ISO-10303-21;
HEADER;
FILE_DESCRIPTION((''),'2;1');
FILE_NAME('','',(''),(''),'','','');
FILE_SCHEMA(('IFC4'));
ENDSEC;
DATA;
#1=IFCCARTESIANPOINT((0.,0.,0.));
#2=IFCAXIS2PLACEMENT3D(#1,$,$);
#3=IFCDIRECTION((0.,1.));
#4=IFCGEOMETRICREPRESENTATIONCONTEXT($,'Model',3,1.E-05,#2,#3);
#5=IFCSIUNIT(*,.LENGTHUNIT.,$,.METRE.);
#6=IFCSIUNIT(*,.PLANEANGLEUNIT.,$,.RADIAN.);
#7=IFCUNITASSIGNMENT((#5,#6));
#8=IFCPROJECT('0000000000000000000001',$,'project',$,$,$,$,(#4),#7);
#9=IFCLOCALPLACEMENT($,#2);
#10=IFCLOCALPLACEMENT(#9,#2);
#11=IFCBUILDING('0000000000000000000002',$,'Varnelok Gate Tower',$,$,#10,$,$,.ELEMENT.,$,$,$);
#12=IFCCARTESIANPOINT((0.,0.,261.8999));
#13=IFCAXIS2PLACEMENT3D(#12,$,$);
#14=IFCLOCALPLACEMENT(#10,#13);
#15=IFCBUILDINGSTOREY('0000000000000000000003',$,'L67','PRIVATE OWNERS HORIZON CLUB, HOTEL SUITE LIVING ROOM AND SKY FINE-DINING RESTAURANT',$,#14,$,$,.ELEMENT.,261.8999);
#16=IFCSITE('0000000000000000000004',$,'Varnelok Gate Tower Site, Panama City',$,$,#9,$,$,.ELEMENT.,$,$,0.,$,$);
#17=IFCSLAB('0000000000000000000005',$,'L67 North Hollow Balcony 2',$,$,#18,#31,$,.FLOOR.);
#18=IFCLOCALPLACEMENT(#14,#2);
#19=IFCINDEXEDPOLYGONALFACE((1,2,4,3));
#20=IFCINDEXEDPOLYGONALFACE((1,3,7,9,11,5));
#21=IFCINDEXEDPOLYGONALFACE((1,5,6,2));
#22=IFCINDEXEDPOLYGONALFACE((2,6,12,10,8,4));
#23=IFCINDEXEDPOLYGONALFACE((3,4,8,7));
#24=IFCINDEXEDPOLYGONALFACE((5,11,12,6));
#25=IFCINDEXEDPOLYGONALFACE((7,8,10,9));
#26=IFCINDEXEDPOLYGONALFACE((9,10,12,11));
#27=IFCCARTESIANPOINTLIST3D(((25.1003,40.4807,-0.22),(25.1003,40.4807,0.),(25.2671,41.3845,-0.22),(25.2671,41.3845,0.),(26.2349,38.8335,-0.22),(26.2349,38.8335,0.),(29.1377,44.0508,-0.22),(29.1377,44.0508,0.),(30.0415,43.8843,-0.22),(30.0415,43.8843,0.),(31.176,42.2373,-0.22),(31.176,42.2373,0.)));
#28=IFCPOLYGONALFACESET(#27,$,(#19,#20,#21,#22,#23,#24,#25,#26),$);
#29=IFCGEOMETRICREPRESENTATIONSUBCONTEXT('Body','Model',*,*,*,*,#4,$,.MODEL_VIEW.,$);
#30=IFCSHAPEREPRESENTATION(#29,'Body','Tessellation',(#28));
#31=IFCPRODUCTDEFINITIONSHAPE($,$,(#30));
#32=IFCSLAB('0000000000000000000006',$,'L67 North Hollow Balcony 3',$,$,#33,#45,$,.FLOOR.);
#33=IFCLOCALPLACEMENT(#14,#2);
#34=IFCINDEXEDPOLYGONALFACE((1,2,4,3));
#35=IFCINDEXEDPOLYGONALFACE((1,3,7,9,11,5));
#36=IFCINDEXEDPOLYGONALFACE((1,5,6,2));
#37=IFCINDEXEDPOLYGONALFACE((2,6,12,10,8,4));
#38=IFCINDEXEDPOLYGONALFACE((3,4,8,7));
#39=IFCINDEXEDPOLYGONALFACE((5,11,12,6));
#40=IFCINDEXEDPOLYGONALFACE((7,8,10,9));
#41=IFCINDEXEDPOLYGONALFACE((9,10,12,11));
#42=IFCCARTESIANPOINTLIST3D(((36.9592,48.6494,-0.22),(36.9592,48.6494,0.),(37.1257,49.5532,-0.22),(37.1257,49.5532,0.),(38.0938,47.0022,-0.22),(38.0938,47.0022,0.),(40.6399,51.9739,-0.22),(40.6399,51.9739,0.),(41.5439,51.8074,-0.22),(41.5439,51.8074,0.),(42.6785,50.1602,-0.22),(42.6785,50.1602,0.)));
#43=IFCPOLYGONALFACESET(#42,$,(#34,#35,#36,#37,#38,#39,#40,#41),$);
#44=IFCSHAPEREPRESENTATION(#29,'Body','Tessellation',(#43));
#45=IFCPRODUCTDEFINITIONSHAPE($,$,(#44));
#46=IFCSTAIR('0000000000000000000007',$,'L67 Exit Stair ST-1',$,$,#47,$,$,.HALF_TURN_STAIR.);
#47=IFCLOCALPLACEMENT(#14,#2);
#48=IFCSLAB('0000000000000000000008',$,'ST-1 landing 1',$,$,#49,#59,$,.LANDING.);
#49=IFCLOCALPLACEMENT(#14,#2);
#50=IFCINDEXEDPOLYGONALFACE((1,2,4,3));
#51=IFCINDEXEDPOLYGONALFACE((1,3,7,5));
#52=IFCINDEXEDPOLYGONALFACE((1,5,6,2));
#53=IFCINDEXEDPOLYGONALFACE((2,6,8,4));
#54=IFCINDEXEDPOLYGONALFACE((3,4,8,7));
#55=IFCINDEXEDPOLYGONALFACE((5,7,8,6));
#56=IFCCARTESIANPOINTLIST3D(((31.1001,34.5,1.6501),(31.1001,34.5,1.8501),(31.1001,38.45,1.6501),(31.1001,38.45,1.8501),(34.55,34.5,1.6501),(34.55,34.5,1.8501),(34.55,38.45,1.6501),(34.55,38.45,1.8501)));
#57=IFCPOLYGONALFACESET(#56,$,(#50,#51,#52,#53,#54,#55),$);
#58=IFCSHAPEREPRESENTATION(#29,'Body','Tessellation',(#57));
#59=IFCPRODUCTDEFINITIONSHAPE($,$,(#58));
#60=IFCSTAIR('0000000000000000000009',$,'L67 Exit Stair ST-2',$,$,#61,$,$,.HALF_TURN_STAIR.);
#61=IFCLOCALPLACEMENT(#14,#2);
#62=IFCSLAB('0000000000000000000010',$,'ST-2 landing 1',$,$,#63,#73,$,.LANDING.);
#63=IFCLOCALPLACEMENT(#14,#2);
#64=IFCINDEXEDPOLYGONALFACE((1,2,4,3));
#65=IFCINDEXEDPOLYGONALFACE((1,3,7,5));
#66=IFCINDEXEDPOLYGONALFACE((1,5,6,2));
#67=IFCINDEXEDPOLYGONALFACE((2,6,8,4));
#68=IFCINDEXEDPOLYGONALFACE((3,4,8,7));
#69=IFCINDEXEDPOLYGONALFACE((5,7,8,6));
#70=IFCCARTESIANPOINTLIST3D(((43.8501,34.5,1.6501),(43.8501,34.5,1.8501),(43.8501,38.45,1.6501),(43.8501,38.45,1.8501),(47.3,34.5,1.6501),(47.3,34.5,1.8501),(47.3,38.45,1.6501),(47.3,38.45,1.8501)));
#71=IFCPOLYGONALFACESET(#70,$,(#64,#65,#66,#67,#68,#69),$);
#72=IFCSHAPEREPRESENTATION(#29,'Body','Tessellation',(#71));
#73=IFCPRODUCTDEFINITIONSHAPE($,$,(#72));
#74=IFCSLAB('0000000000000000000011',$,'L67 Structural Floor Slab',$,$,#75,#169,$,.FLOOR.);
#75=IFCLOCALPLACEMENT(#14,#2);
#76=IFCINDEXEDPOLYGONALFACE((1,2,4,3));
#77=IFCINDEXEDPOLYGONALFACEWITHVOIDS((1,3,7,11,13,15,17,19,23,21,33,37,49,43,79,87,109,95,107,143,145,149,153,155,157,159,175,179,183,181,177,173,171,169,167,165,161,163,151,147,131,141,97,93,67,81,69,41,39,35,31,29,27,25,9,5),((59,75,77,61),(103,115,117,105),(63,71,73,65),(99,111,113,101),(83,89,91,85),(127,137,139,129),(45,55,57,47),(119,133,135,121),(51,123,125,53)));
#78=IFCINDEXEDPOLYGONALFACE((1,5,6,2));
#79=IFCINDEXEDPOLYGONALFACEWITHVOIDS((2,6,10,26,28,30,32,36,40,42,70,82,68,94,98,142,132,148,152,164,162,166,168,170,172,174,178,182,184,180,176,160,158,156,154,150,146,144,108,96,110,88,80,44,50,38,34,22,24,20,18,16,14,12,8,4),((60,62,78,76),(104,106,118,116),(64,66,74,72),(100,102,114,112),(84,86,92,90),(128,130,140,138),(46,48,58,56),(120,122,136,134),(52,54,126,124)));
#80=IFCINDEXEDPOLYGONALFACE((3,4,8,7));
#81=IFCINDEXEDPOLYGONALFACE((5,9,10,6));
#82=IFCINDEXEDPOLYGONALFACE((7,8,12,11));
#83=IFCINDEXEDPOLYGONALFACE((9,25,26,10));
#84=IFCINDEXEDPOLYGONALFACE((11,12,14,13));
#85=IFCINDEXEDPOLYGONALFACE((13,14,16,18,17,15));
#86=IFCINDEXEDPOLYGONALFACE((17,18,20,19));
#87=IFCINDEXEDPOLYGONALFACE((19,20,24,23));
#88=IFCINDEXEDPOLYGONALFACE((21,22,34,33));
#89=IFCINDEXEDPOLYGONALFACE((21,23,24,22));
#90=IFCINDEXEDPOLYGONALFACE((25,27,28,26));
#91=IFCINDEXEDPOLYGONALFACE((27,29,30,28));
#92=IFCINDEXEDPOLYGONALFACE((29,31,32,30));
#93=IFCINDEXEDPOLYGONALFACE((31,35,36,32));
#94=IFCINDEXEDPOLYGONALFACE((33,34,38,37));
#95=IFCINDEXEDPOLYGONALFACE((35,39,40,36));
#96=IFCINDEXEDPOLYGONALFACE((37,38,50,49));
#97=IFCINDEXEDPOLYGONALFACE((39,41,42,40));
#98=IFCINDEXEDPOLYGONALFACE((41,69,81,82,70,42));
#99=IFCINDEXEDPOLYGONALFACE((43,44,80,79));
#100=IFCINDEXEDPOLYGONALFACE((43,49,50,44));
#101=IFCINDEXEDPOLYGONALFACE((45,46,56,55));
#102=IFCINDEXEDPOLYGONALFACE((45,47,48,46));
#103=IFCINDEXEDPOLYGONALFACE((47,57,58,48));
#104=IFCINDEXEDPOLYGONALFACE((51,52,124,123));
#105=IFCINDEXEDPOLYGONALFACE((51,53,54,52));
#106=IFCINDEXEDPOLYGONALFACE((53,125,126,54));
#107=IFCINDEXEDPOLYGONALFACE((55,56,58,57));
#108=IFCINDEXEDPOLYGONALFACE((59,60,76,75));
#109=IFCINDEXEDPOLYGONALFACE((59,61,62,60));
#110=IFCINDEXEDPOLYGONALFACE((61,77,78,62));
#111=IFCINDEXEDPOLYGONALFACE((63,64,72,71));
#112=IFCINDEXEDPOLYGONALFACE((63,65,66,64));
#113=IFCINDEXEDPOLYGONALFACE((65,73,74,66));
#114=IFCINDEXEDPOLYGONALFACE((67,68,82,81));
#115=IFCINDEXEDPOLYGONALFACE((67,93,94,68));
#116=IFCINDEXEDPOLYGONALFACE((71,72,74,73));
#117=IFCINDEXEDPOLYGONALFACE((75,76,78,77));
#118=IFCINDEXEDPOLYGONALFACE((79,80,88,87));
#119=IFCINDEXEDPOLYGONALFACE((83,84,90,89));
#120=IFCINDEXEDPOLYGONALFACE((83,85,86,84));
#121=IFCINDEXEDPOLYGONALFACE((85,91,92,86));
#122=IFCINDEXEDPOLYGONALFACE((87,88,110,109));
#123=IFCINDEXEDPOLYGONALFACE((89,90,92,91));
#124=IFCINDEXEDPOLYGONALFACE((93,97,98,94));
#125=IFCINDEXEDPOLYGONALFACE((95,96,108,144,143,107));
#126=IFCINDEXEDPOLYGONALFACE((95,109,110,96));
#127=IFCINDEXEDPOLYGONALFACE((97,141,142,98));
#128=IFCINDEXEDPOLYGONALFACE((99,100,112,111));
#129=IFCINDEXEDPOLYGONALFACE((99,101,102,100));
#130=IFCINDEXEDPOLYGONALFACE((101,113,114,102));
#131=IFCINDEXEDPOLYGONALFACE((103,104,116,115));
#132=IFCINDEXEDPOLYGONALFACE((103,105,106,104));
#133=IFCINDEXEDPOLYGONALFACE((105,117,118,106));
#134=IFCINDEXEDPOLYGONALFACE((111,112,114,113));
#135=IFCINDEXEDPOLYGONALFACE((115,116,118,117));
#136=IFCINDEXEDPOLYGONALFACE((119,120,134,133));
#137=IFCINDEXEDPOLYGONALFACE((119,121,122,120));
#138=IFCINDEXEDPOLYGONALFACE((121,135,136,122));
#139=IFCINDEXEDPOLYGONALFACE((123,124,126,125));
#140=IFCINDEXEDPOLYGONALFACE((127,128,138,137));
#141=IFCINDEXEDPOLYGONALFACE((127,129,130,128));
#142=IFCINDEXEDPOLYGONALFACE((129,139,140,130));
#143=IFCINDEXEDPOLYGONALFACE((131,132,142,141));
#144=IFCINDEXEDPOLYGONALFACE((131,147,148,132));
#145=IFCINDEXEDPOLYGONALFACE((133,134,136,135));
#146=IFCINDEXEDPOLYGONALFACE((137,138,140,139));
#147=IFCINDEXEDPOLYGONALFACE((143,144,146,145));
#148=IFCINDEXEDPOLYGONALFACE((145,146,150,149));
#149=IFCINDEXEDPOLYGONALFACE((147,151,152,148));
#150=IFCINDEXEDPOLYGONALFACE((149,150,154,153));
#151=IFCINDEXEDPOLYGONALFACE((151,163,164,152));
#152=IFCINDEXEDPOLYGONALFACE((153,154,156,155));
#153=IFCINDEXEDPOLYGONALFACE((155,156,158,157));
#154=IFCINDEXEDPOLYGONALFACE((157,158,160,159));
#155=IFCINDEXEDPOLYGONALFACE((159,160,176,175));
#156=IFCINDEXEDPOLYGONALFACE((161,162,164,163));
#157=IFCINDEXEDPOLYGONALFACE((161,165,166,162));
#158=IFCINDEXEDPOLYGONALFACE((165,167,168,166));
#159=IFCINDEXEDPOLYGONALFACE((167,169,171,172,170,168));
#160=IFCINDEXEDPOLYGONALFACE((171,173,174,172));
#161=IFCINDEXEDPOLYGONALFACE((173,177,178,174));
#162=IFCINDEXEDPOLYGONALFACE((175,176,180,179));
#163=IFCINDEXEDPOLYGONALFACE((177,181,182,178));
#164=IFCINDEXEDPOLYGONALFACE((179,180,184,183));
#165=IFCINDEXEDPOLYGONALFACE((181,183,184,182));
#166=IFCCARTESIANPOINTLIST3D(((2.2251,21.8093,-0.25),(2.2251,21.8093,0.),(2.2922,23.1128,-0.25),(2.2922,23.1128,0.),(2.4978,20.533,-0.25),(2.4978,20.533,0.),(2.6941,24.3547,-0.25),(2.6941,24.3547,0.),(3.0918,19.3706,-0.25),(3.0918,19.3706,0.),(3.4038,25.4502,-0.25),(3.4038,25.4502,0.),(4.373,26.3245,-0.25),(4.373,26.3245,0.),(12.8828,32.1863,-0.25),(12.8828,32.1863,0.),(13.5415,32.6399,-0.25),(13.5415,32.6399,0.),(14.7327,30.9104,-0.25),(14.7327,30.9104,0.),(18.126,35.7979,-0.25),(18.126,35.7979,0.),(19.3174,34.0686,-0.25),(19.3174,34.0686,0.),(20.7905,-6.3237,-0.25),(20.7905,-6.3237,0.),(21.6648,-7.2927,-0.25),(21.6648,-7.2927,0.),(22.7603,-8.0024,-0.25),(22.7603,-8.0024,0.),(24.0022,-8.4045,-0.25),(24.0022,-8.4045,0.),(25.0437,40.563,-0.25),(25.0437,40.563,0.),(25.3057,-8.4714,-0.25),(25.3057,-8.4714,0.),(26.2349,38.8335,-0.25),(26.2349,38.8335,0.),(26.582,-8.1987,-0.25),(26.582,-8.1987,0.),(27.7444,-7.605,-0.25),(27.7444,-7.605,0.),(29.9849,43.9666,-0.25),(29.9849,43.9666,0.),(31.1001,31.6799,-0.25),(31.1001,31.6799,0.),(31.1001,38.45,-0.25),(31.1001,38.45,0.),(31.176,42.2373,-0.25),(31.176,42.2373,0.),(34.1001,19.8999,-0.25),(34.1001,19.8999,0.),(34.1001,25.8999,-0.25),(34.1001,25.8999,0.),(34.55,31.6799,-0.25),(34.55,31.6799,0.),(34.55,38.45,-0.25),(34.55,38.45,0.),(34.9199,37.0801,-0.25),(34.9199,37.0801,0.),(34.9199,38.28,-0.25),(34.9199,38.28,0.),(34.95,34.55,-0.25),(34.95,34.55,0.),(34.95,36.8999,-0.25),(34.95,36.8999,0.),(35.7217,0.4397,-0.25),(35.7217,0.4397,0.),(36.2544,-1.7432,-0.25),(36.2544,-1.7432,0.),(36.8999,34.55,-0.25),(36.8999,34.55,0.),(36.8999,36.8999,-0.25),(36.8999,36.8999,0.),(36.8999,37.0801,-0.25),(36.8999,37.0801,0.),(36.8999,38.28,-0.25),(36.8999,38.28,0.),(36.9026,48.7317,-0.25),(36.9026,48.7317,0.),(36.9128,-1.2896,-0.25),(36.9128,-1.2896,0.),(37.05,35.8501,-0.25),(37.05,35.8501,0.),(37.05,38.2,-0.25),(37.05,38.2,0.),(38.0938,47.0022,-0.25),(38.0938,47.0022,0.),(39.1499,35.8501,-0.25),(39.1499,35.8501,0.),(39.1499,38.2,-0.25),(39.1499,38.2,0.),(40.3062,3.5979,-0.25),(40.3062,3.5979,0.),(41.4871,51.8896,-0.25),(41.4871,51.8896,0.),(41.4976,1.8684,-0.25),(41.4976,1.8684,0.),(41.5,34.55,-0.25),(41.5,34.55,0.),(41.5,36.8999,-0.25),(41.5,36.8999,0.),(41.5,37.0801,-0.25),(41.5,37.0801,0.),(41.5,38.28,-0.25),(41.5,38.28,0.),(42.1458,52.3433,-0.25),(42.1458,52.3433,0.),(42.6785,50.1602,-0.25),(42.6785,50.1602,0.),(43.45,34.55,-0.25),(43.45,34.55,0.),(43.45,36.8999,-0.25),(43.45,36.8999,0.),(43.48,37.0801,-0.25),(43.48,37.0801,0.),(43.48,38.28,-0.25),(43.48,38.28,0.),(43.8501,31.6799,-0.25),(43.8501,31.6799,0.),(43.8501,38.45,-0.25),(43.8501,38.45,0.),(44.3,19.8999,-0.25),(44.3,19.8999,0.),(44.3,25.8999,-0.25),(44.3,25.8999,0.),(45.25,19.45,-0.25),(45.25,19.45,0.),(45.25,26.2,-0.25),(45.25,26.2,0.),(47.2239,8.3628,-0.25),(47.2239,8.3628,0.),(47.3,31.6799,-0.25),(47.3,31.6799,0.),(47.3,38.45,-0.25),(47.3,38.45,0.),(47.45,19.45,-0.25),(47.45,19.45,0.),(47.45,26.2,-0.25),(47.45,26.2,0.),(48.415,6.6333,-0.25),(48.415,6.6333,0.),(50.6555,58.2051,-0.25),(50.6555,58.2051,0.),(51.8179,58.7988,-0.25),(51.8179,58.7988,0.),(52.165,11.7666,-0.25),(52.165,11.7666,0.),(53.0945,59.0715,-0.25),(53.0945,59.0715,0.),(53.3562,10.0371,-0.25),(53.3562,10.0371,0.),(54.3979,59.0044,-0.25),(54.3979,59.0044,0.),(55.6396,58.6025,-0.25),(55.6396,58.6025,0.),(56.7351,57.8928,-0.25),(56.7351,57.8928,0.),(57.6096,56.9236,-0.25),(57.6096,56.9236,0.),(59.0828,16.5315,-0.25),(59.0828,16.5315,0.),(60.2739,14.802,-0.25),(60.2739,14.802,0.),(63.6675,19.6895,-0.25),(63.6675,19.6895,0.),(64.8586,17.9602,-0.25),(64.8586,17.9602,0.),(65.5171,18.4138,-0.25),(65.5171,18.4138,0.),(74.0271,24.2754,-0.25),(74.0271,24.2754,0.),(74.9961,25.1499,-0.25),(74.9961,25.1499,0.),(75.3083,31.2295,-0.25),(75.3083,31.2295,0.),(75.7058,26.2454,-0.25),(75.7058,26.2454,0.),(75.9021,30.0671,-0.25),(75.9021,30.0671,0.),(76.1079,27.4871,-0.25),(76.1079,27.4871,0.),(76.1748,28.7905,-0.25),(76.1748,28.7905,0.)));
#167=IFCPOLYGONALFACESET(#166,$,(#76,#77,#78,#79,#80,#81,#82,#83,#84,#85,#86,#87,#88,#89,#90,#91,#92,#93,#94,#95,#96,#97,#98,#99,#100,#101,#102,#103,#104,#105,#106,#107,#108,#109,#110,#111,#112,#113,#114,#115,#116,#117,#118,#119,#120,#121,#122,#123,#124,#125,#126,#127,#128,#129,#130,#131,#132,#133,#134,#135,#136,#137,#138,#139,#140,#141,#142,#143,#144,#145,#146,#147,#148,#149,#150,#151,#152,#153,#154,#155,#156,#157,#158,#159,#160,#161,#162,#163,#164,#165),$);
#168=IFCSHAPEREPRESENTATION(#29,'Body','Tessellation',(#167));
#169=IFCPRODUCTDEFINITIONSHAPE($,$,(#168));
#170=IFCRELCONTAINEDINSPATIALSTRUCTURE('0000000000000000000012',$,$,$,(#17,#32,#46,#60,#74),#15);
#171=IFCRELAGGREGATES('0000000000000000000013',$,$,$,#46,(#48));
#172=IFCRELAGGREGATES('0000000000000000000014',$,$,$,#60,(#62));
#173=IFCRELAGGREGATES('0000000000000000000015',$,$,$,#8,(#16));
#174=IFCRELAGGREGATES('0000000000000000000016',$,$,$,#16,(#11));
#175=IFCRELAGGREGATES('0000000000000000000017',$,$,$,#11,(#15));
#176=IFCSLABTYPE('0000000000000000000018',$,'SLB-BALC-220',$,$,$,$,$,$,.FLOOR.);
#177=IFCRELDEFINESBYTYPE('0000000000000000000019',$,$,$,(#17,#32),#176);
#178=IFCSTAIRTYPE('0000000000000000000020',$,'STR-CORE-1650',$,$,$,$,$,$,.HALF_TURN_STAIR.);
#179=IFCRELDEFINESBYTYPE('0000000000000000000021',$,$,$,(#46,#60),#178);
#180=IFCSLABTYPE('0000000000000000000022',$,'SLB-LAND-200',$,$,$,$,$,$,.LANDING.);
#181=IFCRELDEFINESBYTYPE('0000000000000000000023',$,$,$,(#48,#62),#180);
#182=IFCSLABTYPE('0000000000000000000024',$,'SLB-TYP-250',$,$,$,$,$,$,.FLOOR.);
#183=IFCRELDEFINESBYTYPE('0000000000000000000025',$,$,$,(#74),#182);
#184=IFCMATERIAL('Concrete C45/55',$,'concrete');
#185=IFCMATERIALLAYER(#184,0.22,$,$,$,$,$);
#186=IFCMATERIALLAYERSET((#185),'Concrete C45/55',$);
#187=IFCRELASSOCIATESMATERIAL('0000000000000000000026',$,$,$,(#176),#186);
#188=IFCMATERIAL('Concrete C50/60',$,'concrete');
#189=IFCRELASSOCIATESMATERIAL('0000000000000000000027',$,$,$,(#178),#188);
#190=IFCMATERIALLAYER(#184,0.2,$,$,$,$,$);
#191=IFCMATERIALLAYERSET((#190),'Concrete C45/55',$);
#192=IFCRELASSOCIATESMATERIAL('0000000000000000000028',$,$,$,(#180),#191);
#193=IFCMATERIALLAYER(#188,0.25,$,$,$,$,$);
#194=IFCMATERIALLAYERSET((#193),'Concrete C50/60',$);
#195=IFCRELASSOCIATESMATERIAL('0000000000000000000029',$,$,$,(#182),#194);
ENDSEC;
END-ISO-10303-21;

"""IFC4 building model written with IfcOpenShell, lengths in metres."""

from ifc_helpers import new_model, si_unit, direction, frame, origin, place, context, subcontext, project, spatial, polyline, outline, extrude, material, layer, layer_set, type_object, element, aggregate, save


model = new_model("IFC4")

# Units and contexts
model_context = context("Model", 3, precision=1e-05, world=origin(), true_north=direction((0.0, 1.0)))
body_context = subcontext(model_context, "Body", "Model", "MODEL_VIEW")
ifc_project = project(units=[si_unit("LENGTHUNIT", "METRE"), si_unit("PLANEANGLEUNIT", "RADIAN")], contexts=[model_context])

# Site, building, storey
site_placement = place(None, origin())
site = spatial("IfcSite", under=ifc_project, at=site_placement, Name="Varnelok Gate Tower Site, Panama City", CompositionType="ELEMENT", RefElevation=0.0)
building_placement = place(site_placement, origin())
building = spatial("IfcBuilding", under=site, at=building_placement, Name="Varnelok Gate Tower", CompositionType="ELEMENT")
storey_placement = place(building_placement, frame((0.0, 0.0, 261.8999)))
storey = spatial("IfcBuildingStorey", under=building, at=storey_placement, Name="L67", Description="PRIVATE OWNERS HORIZON CLUB, HOTEL SUITE LIVING ROOM AND SKY FINE-DINING RESTAURANT", CompositionType="ELEMENT", Elevation=261.8999)

# Slabs
ifc_material_1 = material(Name="Concrete C45/55", Category="concrete")
ifc_layer_1 = layer(ifc_material_1, 0.22)
ifc_layer_set_1 = layer_set([ifc_layer_1], Name="Concrete C45/55")
slab_type_1 = type_object("IfcSlabType", Name="SLB-BALC-220", PredefinedType="FLOOR", material=ifc_layer_set_1)
slab_1_placement = place(storey_placement, frame((0.0, 0.0, -0.22)))
element("IfcSlab", 1, at=slab_1_placement, inside=storey, type_object=slab_type_1, Name="L67 North Hollow Balcony 2", PredefinedType="FLOOR", context=body_context, shape_type="SweptSolid", body=[
    extrude(outline(polyline([(26.2349, 38.8335), (31.176, 42.2373), (30.0415, 43.8843), (29.1377, 44.0508), (25.2671, 41.3845), (25.1003, 40.4807), (26.2349, 38.8335)])), origin(), (0.0, 0.0, 1.0), 0.22),
])
slab_2_placement = place(storey_placement, frame((0.0, 0.0, -0.22)))
element("IfcSlab", 2, at=slab_2_placement, inside=storey, type_object=slab_type_1, Name="L67 North Hollow Balcony 3", PredefinedType="FLOOR", context=body_context, shape_type="SweptSolid", body=[
    extrude(outline(polyline([(38.0938, 47.0022), (42.6785, 50.1602), (41.5439, 51.8074), (40.6399, 51.9739), (37.1257, 49.5532), (36.9592, 48.6494), (38.0938, 47.0022)])), origin(), (0.0, 0.0, 1.0), 0.22),
])

# Stairs, slabs
ifc_material_2 = material(Name="Concrete C50/60", Category="concrete")
stair_type = type_object("IfcStairType", Name="STR-CORE-1650", PredefinedType="HALF_TURN_STAIR", material=ifc_material_2)
stair_1_placement = place(storey_placement, origin())
stair_1 = element("IfcStair", 3, at=stair_1_placement, inside=storey, type_object=stair_type, Name="L67 Exit Stair ST-1", PredefinedType="HALF_TURN_STAIR")
ifc_layer_2 = layer(ifc_material_1, 0.2)
ifc_layer_set_2 = layer_set([ifc_layer_2], Name="Concrete C45/55")
slab_type_2 = type_object("IfcSlabType", Name="SLB-LAND-200", PredefinedType="LANDING", material=ifc_layer_set_2)
slab_3_placement = place(storey_placement, frame((0.0, 0.0, 1.6501)))
slab_3 = element("IfcSlab", 4, at=slab_3_placement, type_object=slab_type_2, Name="ST-1 landing 1", PredefinedType="LANDING", context=body_context, shape_type="SweptSolid", body=[
    extrude(outline(polyline([(34.55, 34.5), (34.55, 38.45), (31.1001, 38.45), (31.1001, 34.5), (34.55, 34.5)])), origin(), (0.0, 0.0, 1.0), 0.2),
])
aggregate(stair_1, [slab_3])
stair_2_placement = place(storey_placement, origin())
stair_2 = element("IfcStair", 5, at=stair_2_placement, inside=storey, type_object=stair_type, Name="L67 Exit Stair ST-2", PredefinedType="HALF_TURN_STAIR")
slab_4_placement = place(storey_placement, frame((0.0, 0.0, 1.6501)))
slab_4 = element("IfcSlab", 6, at=slab_4_placement, type_object=slab_type_2, Name="ST-2 landing 1", PredefinedType="LANDING", context=body_context, shape_type="SweptSolid", body=[
    extrude(outline(polyline([(47.3, 34.5), (47.3, 38.45), (43.8501, 38.45), (43.8501, 34.5), (47.3, 34.5)])), origin(), (0.0, 0.0, 1.0), 0.2),
])
aggregate(stair_2, [slab_4])

# Slab
ifc_layer_3 = layer(ifc_material_2, 0.25)
ifc_layer_set_3 = layer_set([ifc_layer_3], Name="Concrete C50/60")
slab_type_3 = type_object("IfcSlabType", Name="SLB-TYP-250", PredefinedType="FLOOR", material=ifc_layer_set_3)
slab_5_placement = place(storey_placement, frame((0.0, 0.0, -0.25)))
element("IfcSlab", 7, at=slab_5_placement, inside=storey, type_object=slab_type_3, Name="L67 Structural Floor Slab", PredefinedType="FLOOR", context=body_context, shape_type="SweptSolid", body=[
    extrude(outline(polyline([(20.7905, -6.3237), (21.6648, -7.2927), (22.7603, -8.0024), (24.0022, -8.4045), (25.3057, -8.4714), (26.582, -8.1987), (27.7444, -7.605), (36.2544, -1.7432), (36.9128, -1.2896), (35.7217, 0.4397), (40.3062, 3.5979), (41.4976, 1.8684), (48.415, 6.6333), (47.2239, 8.3628), (52.165, 11.7666), (53.3562, 10.0371), (60.2739, 14.802), (59.0828, 16.5315), (63.6675, 19.6895), (64.8586, 17.9602), (65.5171, 18.4138), (74.0271, 24.2754), (74.9961, 25.1499), (75.7058, 26.2454), (76.1079, 27.4871), (76.1748, 28.7905), (75.9021, 30.0671), (75.3083, 31.2295), (57.6096, 56.9236), (56.7351, 57.8928), (55.6396, 58.6025), (54.3979, 59.0044), (53.0945, 59.0715), (51.8179, 58.7988), (50.6555, 58.2051), (42.1458, 52.3433), (41.4871, 51.8896), (42.6785, 50.1602), (38.0938, 47.0022), (36.9026, 48.7317), (29.9849, 43.9666), (31.176, 42.2373), (26.2349, 38.8335), (25.0437, 40.563), (18.126, 35.7979), (19.3174, 34.0686), (14.7327, 30.9104), (13.5415, 32.6399), (12.8828, 32.1863), (4.373, 26.3245), (3.4038, 25.4502), (2.6941, 24.3547), (2.2922, 23.1128), (2.2251, 21.8093), (2.4978, 20.533), (3.0918, 19.3706), (20.7905, -6.3237)]), holes=[polyline([(34.55, 31.6799), (34.55, 38.45), (31.1001, 38.45), (31.1001, 31.6799), (34.55, 31.6799)]), polyline([(47.3, 31.6799), (47.3, 38.45), (43.8501, 38.45), (43.8501, 31.6799), (47.3, 31.6799)]), polyline([(34.95, 34.55), (36.8999, 34.55), (36.8999, 36.8999), (34.95, 36.8999), (34.95, 34.55)]), polyline([(41.5, 34.55), (43.45, 34.55), (43.45, 36.8999), (41.5, 36.8999), (41.5, 34.55)]), polyline([(37.05, 35.8501), (39.1499, 35.8501), (39.1499, 38.2), (37.05, 38.2), (37.05, 35.8501)]), polyline([(45.25, 19.45), (47.45, 19.45), (47.45, 26.2), (45.25, 26.2), (45.25, 19.45)]), polyline([(34.9199, 37.0801), (36.8999, 37.0801), (36.8999, 38.28), (34.9199, 38.28), (34.9199, 37.0801)]), polyline([(41.5, 37.0801), (43.48, 37.0801), (43.48, 38.28), (41.5, 38.28), (41.5, 37.0801)]), polyline([(34.1001, 19.8999), (44.3, 19.8999), (44.3, 25.8999), (34.1001, 25.8999), (34.1001, 19.8999)])]), origin(), (0.0, 0.0, 1.0), 0.25),
])

save(model, "model.ifc")
